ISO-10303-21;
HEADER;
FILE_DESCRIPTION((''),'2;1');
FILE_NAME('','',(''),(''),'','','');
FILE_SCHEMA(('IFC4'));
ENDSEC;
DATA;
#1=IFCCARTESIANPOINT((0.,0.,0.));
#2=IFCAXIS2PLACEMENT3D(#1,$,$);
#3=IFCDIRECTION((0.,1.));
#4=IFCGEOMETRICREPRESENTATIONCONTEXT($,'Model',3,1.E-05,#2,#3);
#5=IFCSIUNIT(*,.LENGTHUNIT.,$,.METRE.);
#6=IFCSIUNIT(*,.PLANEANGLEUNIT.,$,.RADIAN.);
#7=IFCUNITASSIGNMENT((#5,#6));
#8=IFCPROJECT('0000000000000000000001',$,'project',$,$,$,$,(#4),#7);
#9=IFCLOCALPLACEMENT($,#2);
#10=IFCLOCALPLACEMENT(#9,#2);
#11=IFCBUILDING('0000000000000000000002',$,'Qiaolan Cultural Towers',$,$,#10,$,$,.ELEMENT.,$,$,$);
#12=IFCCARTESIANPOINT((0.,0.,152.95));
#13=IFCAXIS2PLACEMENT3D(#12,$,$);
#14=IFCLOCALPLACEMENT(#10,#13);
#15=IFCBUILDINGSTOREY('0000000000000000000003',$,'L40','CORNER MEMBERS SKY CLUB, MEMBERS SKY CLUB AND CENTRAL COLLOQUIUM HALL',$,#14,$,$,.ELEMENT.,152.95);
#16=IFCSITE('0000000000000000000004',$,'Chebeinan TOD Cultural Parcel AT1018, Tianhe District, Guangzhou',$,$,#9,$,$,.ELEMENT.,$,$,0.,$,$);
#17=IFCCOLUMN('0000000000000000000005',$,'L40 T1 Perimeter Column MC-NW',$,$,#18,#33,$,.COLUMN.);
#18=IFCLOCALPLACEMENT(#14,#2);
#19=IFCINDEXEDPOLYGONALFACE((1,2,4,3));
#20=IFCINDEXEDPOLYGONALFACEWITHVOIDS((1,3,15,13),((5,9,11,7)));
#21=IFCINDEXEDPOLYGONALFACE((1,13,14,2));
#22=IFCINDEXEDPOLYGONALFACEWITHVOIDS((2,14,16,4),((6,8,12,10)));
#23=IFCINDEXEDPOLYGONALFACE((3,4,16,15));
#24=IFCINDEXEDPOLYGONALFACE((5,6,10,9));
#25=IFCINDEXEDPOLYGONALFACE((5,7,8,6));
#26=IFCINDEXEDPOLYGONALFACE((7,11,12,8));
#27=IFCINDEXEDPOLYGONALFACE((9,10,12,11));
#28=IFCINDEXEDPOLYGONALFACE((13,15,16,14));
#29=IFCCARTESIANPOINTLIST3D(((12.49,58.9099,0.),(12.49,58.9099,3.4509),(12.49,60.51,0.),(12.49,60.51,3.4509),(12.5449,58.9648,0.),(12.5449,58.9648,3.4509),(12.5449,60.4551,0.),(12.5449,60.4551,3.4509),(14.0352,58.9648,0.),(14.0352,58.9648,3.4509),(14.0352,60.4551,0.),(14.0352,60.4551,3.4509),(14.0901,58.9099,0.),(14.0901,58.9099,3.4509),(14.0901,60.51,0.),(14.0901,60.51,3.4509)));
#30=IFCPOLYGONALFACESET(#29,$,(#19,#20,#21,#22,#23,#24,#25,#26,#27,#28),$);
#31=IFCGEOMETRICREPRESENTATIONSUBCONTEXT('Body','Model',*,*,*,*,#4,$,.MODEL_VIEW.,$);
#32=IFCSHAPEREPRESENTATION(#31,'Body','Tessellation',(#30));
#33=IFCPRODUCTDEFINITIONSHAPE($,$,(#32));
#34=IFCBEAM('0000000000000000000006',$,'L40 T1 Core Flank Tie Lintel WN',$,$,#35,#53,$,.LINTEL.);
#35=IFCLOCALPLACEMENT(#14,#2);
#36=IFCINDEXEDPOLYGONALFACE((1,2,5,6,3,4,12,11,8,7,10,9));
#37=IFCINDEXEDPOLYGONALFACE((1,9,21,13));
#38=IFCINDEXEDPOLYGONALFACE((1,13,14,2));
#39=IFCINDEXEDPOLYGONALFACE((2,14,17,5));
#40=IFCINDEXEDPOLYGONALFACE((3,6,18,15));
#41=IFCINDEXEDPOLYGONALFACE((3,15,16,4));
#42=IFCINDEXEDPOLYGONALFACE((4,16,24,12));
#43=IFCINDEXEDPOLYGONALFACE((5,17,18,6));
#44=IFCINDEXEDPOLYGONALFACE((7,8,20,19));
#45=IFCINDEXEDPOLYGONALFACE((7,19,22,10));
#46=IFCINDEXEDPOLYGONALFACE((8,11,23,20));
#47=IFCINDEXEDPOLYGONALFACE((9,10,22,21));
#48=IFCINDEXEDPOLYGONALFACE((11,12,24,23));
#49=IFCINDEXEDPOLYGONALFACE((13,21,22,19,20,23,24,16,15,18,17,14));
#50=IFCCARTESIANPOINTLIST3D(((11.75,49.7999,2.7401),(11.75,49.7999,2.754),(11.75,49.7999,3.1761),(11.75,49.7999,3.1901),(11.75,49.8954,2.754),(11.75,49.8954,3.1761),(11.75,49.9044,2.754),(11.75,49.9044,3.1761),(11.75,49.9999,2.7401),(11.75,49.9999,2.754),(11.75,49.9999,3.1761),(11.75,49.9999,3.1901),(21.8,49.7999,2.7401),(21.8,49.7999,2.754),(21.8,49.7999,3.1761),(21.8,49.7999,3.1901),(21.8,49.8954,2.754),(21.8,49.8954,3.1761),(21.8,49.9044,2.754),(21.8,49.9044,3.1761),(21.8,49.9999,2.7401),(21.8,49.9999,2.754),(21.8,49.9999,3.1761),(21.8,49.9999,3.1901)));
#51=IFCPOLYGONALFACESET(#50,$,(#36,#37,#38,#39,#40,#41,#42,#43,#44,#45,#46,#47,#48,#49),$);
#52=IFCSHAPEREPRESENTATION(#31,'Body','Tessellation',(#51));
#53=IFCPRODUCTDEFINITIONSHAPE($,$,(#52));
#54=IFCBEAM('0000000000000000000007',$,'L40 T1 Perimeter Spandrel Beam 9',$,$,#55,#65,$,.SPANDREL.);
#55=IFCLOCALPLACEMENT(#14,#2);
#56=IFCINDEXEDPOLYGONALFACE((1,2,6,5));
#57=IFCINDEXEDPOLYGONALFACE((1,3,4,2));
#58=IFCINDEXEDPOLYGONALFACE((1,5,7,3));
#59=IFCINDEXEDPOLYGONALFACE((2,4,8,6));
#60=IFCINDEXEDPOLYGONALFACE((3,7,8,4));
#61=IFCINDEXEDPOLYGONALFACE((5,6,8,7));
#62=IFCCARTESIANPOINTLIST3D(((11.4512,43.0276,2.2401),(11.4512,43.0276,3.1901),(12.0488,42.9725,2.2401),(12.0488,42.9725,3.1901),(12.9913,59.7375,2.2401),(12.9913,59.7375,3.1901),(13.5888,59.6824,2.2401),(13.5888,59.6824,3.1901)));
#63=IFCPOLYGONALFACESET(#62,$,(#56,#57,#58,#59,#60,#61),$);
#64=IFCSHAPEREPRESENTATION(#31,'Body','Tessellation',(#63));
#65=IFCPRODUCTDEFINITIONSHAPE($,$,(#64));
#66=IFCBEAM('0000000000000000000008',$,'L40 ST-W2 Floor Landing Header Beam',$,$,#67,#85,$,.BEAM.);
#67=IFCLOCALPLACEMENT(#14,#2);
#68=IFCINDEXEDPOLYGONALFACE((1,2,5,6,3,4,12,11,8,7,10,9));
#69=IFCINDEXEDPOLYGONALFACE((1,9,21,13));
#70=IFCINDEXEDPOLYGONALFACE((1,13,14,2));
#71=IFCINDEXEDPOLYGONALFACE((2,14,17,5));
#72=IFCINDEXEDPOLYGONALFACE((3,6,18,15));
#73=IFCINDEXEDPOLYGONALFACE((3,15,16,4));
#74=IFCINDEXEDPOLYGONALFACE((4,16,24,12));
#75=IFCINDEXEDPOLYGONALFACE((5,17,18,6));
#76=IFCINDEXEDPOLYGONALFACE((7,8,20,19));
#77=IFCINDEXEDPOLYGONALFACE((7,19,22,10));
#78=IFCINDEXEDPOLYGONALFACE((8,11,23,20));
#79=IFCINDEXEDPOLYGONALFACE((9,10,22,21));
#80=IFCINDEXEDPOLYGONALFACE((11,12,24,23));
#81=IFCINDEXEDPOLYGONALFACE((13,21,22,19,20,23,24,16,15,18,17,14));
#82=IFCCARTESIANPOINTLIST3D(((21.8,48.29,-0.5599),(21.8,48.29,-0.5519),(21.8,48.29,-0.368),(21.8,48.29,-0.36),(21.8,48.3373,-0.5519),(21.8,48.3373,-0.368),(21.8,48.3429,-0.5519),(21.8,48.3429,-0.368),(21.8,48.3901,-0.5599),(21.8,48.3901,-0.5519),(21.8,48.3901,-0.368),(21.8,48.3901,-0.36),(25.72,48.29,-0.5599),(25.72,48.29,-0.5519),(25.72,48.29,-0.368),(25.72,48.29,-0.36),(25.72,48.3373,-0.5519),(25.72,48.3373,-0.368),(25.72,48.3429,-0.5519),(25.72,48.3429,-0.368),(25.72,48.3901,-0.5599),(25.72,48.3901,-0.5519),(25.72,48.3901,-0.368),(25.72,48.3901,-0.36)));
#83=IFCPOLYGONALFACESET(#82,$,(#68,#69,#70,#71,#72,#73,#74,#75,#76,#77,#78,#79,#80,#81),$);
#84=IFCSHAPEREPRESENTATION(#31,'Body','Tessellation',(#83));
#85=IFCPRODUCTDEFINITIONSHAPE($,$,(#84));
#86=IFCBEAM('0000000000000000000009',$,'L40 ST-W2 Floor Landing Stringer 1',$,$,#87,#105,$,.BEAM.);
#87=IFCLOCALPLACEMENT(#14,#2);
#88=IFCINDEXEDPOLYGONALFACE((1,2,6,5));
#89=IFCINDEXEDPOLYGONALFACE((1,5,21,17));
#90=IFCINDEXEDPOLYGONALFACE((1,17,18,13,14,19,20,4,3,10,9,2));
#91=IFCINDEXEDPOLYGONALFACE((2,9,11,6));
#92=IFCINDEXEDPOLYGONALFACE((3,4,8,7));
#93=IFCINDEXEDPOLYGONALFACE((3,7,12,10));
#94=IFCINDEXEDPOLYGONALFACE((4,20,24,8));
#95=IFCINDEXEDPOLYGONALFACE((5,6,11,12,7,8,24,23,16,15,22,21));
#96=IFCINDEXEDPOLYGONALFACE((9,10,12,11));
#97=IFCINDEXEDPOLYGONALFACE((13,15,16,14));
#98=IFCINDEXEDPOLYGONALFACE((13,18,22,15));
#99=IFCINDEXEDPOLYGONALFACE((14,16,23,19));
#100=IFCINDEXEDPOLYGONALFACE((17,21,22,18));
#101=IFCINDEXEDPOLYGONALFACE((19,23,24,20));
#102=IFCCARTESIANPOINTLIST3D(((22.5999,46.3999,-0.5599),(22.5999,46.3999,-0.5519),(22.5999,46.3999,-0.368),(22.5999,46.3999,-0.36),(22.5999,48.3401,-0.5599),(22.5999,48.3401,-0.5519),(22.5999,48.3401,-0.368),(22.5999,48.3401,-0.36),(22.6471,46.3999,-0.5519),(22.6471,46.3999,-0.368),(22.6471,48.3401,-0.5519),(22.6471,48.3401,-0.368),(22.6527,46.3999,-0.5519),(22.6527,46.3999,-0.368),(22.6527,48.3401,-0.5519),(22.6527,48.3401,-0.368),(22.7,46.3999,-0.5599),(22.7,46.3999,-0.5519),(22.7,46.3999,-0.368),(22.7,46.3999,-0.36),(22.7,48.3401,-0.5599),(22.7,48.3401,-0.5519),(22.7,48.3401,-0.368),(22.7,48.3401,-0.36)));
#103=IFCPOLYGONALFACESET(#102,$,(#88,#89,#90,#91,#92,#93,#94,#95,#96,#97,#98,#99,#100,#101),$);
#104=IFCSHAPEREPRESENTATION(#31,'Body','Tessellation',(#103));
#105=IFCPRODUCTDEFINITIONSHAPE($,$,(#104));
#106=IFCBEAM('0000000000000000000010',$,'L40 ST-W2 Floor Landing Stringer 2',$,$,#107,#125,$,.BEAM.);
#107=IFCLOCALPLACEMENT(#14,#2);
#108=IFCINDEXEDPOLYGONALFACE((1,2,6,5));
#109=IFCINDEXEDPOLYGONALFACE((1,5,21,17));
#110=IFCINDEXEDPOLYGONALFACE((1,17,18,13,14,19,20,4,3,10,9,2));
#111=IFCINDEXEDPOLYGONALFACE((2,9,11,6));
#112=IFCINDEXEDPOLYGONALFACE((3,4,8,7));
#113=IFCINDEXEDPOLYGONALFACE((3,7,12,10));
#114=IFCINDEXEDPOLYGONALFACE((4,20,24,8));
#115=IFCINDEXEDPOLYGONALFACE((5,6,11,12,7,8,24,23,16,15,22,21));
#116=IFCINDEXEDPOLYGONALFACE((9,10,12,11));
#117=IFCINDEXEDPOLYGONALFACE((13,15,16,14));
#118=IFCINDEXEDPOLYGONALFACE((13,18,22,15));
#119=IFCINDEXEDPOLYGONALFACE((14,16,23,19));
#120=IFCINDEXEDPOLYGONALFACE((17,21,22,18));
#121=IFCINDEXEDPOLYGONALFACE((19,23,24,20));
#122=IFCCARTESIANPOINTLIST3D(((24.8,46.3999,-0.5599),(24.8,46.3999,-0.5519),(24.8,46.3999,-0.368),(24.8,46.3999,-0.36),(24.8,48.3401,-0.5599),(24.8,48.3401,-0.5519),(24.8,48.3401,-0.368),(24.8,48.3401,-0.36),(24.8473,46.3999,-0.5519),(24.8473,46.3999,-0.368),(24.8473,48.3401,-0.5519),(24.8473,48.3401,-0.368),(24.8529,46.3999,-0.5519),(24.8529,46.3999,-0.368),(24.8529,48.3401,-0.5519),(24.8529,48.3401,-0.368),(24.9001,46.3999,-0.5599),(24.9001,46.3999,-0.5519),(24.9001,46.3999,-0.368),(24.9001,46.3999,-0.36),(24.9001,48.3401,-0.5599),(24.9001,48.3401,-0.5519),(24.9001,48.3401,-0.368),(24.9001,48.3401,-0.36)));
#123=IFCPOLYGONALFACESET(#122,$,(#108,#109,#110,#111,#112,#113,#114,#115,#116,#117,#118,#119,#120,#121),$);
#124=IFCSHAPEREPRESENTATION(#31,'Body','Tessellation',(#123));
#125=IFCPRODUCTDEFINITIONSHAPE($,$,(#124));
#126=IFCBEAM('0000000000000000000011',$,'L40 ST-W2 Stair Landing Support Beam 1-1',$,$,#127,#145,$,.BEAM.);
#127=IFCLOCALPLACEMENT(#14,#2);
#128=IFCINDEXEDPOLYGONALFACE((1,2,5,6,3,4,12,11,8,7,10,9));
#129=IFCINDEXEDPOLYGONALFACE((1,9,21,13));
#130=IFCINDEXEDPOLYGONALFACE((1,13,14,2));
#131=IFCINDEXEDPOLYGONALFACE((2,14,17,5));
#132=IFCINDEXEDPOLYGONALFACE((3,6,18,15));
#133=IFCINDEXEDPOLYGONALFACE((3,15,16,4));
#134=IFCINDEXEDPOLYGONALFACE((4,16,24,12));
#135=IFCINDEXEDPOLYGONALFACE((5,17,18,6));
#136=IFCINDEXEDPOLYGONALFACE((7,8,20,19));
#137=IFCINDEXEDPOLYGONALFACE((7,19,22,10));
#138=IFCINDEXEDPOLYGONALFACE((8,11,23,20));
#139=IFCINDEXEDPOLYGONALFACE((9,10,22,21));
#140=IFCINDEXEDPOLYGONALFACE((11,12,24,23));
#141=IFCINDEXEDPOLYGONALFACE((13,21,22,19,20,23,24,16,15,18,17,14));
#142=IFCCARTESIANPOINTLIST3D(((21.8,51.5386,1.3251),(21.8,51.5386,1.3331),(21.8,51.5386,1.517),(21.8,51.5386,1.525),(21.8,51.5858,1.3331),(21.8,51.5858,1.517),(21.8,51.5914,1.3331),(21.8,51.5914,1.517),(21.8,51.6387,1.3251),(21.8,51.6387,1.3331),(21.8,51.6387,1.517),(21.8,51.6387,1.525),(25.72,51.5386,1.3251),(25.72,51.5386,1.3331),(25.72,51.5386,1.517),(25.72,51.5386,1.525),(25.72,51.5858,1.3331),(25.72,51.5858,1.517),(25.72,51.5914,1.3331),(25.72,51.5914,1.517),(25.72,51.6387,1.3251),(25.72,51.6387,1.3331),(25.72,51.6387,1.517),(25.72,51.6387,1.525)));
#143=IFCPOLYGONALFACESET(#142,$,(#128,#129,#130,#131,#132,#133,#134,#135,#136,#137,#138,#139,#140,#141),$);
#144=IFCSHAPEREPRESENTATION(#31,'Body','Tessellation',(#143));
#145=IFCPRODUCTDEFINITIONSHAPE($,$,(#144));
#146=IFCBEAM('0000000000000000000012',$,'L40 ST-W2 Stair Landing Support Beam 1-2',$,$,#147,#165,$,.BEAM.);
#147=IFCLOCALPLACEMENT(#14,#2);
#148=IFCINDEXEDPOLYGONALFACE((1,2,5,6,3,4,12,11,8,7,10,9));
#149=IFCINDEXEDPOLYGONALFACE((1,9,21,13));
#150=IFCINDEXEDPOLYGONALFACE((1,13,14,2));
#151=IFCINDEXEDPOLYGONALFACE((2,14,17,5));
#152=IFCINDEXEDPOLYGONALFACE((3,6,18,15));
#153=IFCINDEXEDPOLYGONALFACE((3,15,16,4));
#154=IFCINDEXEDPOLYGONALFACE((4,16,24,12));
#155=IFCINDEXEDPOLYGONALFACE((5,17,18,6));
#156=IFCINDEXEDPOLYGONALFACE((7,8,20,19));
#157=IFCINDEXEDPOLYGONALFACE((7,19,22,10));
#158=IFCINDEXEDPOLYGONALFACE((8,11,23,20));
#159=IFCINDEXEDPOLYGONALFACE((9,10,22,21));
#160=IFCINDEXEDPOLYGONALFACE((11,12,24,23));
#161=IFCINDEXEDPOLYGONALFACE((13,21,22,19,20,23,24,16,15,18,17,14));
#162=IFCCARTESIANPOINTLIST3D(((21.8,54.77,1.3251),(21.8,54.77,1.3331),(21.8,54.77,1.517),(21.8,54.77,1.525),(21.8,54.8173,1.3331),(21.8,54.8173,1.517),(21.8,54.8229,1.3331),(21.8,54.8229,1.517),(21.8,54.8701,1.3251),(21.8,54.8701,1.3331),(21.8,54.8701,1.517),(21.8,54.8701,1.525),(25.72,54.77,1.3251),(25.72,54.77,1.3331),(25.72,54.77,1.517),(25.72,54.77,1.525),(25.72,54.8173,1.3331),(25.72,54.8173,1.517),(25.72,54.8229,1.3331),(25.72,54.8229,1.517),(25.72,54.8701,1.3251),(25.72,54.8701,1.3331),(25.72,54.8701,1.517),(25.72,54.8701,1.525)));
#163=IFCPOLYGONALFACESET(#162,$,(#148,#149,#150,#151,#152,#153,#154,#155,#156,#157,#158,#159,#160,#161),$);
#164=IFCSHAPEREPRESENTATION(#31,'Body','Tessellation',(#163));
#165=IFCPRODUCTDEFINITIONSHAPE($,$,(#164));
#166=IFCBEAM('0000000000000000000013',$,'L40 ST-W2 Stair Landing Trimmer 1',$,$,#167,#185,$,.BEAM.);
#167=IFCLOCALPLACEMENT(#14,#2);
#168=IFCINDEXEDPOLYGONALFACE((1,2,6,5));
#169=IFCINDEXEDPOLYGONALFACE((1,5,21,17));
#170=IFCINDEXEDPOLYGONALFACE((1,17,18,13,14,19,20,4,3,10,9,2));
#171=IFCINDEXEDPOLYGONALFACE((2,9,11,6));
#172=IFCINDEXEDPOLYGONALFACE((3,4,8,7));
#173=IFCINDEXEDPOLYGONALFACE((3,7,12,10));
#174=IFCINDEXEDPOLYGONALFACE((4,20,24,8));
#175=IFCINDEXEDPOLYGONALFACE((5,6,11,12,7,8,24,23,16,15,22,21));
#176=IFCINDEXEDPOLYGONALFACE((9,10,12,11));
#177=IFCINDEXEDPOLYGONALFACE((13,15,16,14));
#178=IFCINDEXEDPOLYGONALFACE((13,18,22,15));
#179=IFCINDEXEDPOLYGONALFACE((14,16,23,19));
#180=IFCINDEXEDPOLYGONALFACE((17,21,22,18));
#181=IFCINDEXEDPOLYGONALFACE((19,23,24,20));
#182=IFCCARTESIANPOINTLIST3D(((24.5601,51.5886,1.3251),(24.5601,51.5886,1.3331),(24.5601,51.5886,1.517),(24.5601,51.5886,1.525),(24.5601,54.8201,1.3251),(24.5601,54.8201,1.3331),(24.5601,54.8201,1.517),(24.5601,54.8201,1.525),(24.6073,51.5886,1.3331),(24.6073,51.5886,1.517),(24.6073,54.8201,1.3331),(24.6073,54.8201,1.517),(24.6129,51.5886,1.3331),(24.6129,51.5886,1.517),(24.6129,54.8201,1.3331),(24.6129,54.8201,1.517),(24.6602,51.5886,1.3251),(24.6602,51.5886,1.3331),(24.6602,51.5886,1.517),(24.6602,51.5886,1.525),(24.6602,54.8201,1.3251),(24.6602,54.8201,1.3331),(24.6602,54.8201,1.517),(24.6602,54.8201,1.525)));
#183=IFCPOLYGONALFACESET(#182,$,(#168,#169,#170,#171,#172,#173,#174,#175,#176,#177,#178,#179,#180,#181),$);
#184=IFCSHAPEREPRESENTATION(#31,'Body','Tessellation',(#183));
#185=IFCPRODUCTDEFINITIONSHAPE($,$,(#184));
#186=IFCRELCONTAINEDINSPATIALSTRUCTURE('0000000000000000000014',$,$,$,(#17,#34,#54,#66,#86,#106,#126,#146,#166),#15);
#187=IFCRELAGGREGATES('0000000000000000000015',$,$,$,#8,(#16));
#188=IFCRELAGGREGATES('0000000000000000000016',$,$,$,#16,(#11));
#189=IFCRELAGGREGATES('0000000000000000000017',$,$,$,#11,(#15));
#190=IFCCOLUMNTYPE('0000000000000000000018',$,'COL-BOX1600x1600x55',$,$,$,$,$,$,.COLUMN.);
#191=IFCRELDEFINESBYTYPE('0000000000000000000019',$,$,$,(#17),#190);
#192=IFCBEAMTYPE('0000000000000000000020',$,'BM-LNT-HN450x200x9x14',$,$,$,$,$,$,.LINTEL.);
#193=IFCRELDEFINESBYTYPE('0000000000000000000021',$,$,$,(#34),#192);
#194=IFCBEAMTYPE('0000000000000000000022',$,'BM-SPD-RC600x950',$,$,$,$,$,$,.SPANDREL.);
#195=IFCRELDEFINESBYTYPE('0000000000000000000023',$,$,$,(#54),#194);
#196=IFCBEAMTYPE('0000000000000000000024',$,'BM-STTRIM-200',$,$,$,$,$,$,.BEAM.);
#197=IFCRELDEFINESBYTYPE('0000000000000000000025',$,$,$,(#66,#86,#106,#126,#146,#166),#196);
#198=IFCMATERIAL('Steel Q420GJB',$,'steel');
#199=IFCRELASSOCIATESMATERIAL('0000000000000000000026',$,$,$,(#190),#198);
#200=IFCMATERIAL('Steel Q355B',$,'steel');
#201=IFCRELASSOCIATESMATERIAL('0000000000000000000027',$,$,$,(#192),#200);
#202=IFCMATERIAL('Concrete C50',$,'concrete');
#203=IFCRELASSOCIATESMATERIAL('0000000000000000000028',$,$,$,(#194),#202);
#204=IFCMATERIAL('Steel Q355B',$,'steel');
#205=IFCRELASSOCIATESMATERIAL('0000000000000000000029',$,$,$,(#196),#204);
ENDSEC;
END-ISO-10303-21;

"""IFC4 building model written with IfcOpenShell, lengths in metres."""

from ifc_helpers import new_model, si_unit, direction, frame, origin, origin_2d, place, context, subcontext, project, spatial, rectangle, hollow_rectangle, i_section, extrude, material, material_profile, profile_set, type_object, element, save


model = new_model("IFC4")

# Units and contexts
model_context = context("Model", 3, precision=1e-05, world=origin(), true_north=direction((0.0, 1.0)))
body_context = subcontext(model_context, "Body", "Model", "MODEL_VIEW")
ifc_project = project(units=[si_unit("LENGTHUNIT", "METRE"), si_unit("PLANEANGLEUNIT", "RADIAN")], contexts=[model_context])

# Site, building, storey
site_placement = place(None, origin())
site = spatial("IfcSite", under=ifc_project, at=site_placement, Name="Chebeinan TOD Cultural Parcel AT1018, Tianhe District, Guangzhou", CompositionType="ELEMENT", RefElevation=0.0)
building_placement = place(site_placement, origin())
building = spatial("IfcBuilding", under=site, at=building_placement, Name="Qiaolan Cultural Towers", CompositionType="ELEMENT")
storey_placement = place(building_placement, frame((0.0, 0.0, 152.95)))
storey = spatial("IfcBuildingStorey", under=building, at=storey_placement, Name="L40", Description="CORNER MEMBERS SKY CLUB, MEMBERS SKY CLUB AND CENTRAL COLLOQUIUM HALL", CompositionType="ELEMENT", Elevation=152.95)

# Column
ifc_material_1 = material(Name="Steel Q420GJB", Category="steel")
ifc_material_profile_1 = material_profile(ifc_material_1, hollow_rectangle(XDim=1.6001, YDim=1.6001, WallThickness=0.0549, at=origin_2d()), Name="BOX1600x1600x55")
ifc_profile_set_1 = profile_set([ifc_material_profile_1], Name="Steel Q420GJB")
column_type = type_object("IfcColumnType", Name="COL-BOX1600x1600x55", PredefinedType="COLUMN", material=ifc_profile_set_1)
column_placement = place(storey_placement, frame((13.29, 59.71, 0.0), z_axis=(0.0, 0.0, 1.0), x_axis=(1.0, 0.0, 0.0)))
element("IfcColumn", 1, at=column_placement, inside=storey, type_object=column_type, Name="L40 T1 Perimeter Column MC-NW", PredefinedType="COLUMN", context=body_context, shape_type="SweptSolid", body=[
    extrude(hollow_rectangle(XDim=1.6001, YDim=1.6001, WallThickness=0.0549, at=origin_2d()), origin(), (0.0, 0.0, 1.0), 3.4509),
])

# Beams
ifc_material_2 = material(Name="Steel Q355B", Category="steel")
ifc_material_profile_2 = material_profile(ifc_material_2, i_section(OverallWidth=0.2, OverallDepth=0.45, WebThickness=0.009, FlangeThickness=0.0139, at=origin_2d()), Name="HN450x200x9x14")
ifc_profile_set_2 = profile_set([ifc_material_profile_2], Name="Steel Q355B")
beam_type_1 = type_object("IfcBeamType", Name="BM-LNT-HN450x200x9x14", PredefinedType="LINTEL", material=ifc_profile_set_2)
beam_1_placement = place(storey_placement, frame((21.8, 49.8999, 2.9651), z_axis=(-1.0, 0.0, 0.0), x_axis=(0.0, -1.0, 0.0)))
element("IfcBeam", 2, at=beam_1_placement, inside=storey, type_object=beam_type_1, Name="L40 T1 Core Flank Tie Lintel WN", PredefinedType="LINTEL", context=body_context, shape_type="SweptSolid", body=[
    extrude(i_section(OverallWidth=0.2, OverallDepth=0.45, WebThickness=0.009, FlangeThickness=0.0139, at=origin_2d()), origin(), (0.0, 0.0, 1.0), 10.05),
])
ifc_material_3 = material(Name="Concrete C50", Category="concrete")
ifc_material_profile_3 = material_profile(ifc_material_3, rectangle(XDim=0.6001, YDim=0.95, at=origin_2d()), Name="RC600x950")
ifc_profile_set_3 = profile_set([ifc_material_profile_3], Name="Concrete C50")
beam_type_2 = type_object("IfcBeamType", Name="BM-SPD-RC600x950", PredefinedType="SPANDREL", material=ifc_profile_set_3)
beam_2_placement = place(storey_placement, frame((13.29, 59.71, 2.7151), z_axis=(-0.091774, -0.99578, 0.0), x_axis=(0.99578, -0.091774, 0.0)))
element("IfcBeam", 3, at=beam_2_placement, inside=storey, type_object=beam_type_2, Name="L40 T1 Perimeter Spandrel Beam 9", PredefinedType="SPANDREL", context=body_context, shape_type="SweptSolid", body=[
    extrude(rectangle(XDim=0.6001, YDim=0.95, at=origin_2d()), origin(), (0.0, 0.0, 1.0), 16.7808),
])
ifc_material_4 = material(Name="Steel Q355B", Category="steel")
ifc_material_profile_4 = material_profile(ifc_material_4, i_section(OverallWidth=0.1001, OverallDepth=0.2, WebThickness=0.0056, FlangeThickness=0.0081, at=origin_2d()), Name="HN200x100x5.5x8")
ifc_profile_set_4 = profile_set([ifc_material_profile_4], Name="Steel Q355B")
beam_type_3 = type_object("IfcBeamType", Name="BM-STTRIM-200", PredefinedType="BEAM", material=ifc_profile_set_4)
beam_3_placement = place(storey_placement, frame((21.8, 48.3401, -0.46), z_axis=(1.0, 0.0, 0.0), x_axis=(0.0, 1.0, 0.0)))
element("IfcBeam", 4, at=beam_3_placement, inside=storey, type_object=beam_type_3, Name="L40 ST-W2 Floor Landing Header Beam", PredefinedType="BEAM", context=body_context, shape_type="SweptSolid", body=[
    extrude(i_section(OverallWidth=0.1001, OverallDepth=0.2, WebThickness=0.0056, FlangeThickness=0.0081, at=origin_2d()), origin(), (0.0, 0.0, 1.0), 3.9199),
])
for number, where, z_axis, x_axis, name in (
    (5, (22.6499, 46.3999, -0.46), (0.0, 1.0, 0.0), (-1.0, 0.0, 0.0), "L40 ST-W2 Floor Landing Stringer 1"),
    (6, (24.8501, 46.3999, -0.46), (0.0, 1.0, 0.0), (-1.0, 0.0, 0.0), "L40 ST-W2 Floor Landing Stringer 2"),
):
    element("IfcBeam", number, at=place(storey_placement, frame(where, z_axis=z_axis, x_axis=x_axis)), inside=storey, type_object=beam_type_3, Name=name, PredefinedType="BEAM", context=body_context, shape_type="SweptSolid", body=[
        extrude(i_section(OverallWidth=0.1001, OverallDepth=0.2, WebThickness=0.0056, FlangeThickness=0.0081, at=origin_2d()), origin(), (0.0, 0.0, 1.0), 1.9402),
    ])
for number, where, z_axis, x_axis, name in (
    (7, (21.8, 51.5886, 1.425), (1.0, 0.0, 0.0), (0.0, 1.0, 0.0), "L40 ST-W2 Stair Landing Support Beam 1-1"),
    (8, (21.8, 54.8201, 1.425), (1.0, 0.0, 0.0), (0.0, 1.0, 0.0), "L40 ST-W2 Stair Landing Support Beam 1-2"),
):
    element("IfcBeam", number, at=place(storey_placement, frame(where, z_axis=z_axis, x_axis=x_axis)), inside=storey, type_object=beam_type_3, Name=name, PredefinedType="BEAM", context=body_context, shape_type="SweptSolid", body=[
        extrude(i_section(OverallWidth=0.1001, OverallDepth=0.2, WebThickness=0.0056, FlangeThickness=0.0081, at=origin_2d()), origin(), (0.0, 0.0, 1.0), 3.9199),
    ])
beam_4_placement = place(storey_placement, frame((24.6101, 51.5886, 1.425), z_axis=(0.0, 1.0, 0.0), x_axis=(-1.0, 0.0, 0.0)))
element("IfcBeam", 9, at=beam_4_placement, inside=storey, type_object=beam_type_3, Name="L40 ST-W2 Stair Landing Trimmer 1", PredefinedType="BEAM", context=body_context, shape_type="SweptSolid", body=[
    extrude(i_section(OverallWidth=0.1001, OverallDepth=0.2, WebThickness=0.0056, FlangeThickness=0.0081, at=origin_2d()), origin(), (0.0, 0.0, 1.0), 3.2314),
])

save(model, "model.ifc")
